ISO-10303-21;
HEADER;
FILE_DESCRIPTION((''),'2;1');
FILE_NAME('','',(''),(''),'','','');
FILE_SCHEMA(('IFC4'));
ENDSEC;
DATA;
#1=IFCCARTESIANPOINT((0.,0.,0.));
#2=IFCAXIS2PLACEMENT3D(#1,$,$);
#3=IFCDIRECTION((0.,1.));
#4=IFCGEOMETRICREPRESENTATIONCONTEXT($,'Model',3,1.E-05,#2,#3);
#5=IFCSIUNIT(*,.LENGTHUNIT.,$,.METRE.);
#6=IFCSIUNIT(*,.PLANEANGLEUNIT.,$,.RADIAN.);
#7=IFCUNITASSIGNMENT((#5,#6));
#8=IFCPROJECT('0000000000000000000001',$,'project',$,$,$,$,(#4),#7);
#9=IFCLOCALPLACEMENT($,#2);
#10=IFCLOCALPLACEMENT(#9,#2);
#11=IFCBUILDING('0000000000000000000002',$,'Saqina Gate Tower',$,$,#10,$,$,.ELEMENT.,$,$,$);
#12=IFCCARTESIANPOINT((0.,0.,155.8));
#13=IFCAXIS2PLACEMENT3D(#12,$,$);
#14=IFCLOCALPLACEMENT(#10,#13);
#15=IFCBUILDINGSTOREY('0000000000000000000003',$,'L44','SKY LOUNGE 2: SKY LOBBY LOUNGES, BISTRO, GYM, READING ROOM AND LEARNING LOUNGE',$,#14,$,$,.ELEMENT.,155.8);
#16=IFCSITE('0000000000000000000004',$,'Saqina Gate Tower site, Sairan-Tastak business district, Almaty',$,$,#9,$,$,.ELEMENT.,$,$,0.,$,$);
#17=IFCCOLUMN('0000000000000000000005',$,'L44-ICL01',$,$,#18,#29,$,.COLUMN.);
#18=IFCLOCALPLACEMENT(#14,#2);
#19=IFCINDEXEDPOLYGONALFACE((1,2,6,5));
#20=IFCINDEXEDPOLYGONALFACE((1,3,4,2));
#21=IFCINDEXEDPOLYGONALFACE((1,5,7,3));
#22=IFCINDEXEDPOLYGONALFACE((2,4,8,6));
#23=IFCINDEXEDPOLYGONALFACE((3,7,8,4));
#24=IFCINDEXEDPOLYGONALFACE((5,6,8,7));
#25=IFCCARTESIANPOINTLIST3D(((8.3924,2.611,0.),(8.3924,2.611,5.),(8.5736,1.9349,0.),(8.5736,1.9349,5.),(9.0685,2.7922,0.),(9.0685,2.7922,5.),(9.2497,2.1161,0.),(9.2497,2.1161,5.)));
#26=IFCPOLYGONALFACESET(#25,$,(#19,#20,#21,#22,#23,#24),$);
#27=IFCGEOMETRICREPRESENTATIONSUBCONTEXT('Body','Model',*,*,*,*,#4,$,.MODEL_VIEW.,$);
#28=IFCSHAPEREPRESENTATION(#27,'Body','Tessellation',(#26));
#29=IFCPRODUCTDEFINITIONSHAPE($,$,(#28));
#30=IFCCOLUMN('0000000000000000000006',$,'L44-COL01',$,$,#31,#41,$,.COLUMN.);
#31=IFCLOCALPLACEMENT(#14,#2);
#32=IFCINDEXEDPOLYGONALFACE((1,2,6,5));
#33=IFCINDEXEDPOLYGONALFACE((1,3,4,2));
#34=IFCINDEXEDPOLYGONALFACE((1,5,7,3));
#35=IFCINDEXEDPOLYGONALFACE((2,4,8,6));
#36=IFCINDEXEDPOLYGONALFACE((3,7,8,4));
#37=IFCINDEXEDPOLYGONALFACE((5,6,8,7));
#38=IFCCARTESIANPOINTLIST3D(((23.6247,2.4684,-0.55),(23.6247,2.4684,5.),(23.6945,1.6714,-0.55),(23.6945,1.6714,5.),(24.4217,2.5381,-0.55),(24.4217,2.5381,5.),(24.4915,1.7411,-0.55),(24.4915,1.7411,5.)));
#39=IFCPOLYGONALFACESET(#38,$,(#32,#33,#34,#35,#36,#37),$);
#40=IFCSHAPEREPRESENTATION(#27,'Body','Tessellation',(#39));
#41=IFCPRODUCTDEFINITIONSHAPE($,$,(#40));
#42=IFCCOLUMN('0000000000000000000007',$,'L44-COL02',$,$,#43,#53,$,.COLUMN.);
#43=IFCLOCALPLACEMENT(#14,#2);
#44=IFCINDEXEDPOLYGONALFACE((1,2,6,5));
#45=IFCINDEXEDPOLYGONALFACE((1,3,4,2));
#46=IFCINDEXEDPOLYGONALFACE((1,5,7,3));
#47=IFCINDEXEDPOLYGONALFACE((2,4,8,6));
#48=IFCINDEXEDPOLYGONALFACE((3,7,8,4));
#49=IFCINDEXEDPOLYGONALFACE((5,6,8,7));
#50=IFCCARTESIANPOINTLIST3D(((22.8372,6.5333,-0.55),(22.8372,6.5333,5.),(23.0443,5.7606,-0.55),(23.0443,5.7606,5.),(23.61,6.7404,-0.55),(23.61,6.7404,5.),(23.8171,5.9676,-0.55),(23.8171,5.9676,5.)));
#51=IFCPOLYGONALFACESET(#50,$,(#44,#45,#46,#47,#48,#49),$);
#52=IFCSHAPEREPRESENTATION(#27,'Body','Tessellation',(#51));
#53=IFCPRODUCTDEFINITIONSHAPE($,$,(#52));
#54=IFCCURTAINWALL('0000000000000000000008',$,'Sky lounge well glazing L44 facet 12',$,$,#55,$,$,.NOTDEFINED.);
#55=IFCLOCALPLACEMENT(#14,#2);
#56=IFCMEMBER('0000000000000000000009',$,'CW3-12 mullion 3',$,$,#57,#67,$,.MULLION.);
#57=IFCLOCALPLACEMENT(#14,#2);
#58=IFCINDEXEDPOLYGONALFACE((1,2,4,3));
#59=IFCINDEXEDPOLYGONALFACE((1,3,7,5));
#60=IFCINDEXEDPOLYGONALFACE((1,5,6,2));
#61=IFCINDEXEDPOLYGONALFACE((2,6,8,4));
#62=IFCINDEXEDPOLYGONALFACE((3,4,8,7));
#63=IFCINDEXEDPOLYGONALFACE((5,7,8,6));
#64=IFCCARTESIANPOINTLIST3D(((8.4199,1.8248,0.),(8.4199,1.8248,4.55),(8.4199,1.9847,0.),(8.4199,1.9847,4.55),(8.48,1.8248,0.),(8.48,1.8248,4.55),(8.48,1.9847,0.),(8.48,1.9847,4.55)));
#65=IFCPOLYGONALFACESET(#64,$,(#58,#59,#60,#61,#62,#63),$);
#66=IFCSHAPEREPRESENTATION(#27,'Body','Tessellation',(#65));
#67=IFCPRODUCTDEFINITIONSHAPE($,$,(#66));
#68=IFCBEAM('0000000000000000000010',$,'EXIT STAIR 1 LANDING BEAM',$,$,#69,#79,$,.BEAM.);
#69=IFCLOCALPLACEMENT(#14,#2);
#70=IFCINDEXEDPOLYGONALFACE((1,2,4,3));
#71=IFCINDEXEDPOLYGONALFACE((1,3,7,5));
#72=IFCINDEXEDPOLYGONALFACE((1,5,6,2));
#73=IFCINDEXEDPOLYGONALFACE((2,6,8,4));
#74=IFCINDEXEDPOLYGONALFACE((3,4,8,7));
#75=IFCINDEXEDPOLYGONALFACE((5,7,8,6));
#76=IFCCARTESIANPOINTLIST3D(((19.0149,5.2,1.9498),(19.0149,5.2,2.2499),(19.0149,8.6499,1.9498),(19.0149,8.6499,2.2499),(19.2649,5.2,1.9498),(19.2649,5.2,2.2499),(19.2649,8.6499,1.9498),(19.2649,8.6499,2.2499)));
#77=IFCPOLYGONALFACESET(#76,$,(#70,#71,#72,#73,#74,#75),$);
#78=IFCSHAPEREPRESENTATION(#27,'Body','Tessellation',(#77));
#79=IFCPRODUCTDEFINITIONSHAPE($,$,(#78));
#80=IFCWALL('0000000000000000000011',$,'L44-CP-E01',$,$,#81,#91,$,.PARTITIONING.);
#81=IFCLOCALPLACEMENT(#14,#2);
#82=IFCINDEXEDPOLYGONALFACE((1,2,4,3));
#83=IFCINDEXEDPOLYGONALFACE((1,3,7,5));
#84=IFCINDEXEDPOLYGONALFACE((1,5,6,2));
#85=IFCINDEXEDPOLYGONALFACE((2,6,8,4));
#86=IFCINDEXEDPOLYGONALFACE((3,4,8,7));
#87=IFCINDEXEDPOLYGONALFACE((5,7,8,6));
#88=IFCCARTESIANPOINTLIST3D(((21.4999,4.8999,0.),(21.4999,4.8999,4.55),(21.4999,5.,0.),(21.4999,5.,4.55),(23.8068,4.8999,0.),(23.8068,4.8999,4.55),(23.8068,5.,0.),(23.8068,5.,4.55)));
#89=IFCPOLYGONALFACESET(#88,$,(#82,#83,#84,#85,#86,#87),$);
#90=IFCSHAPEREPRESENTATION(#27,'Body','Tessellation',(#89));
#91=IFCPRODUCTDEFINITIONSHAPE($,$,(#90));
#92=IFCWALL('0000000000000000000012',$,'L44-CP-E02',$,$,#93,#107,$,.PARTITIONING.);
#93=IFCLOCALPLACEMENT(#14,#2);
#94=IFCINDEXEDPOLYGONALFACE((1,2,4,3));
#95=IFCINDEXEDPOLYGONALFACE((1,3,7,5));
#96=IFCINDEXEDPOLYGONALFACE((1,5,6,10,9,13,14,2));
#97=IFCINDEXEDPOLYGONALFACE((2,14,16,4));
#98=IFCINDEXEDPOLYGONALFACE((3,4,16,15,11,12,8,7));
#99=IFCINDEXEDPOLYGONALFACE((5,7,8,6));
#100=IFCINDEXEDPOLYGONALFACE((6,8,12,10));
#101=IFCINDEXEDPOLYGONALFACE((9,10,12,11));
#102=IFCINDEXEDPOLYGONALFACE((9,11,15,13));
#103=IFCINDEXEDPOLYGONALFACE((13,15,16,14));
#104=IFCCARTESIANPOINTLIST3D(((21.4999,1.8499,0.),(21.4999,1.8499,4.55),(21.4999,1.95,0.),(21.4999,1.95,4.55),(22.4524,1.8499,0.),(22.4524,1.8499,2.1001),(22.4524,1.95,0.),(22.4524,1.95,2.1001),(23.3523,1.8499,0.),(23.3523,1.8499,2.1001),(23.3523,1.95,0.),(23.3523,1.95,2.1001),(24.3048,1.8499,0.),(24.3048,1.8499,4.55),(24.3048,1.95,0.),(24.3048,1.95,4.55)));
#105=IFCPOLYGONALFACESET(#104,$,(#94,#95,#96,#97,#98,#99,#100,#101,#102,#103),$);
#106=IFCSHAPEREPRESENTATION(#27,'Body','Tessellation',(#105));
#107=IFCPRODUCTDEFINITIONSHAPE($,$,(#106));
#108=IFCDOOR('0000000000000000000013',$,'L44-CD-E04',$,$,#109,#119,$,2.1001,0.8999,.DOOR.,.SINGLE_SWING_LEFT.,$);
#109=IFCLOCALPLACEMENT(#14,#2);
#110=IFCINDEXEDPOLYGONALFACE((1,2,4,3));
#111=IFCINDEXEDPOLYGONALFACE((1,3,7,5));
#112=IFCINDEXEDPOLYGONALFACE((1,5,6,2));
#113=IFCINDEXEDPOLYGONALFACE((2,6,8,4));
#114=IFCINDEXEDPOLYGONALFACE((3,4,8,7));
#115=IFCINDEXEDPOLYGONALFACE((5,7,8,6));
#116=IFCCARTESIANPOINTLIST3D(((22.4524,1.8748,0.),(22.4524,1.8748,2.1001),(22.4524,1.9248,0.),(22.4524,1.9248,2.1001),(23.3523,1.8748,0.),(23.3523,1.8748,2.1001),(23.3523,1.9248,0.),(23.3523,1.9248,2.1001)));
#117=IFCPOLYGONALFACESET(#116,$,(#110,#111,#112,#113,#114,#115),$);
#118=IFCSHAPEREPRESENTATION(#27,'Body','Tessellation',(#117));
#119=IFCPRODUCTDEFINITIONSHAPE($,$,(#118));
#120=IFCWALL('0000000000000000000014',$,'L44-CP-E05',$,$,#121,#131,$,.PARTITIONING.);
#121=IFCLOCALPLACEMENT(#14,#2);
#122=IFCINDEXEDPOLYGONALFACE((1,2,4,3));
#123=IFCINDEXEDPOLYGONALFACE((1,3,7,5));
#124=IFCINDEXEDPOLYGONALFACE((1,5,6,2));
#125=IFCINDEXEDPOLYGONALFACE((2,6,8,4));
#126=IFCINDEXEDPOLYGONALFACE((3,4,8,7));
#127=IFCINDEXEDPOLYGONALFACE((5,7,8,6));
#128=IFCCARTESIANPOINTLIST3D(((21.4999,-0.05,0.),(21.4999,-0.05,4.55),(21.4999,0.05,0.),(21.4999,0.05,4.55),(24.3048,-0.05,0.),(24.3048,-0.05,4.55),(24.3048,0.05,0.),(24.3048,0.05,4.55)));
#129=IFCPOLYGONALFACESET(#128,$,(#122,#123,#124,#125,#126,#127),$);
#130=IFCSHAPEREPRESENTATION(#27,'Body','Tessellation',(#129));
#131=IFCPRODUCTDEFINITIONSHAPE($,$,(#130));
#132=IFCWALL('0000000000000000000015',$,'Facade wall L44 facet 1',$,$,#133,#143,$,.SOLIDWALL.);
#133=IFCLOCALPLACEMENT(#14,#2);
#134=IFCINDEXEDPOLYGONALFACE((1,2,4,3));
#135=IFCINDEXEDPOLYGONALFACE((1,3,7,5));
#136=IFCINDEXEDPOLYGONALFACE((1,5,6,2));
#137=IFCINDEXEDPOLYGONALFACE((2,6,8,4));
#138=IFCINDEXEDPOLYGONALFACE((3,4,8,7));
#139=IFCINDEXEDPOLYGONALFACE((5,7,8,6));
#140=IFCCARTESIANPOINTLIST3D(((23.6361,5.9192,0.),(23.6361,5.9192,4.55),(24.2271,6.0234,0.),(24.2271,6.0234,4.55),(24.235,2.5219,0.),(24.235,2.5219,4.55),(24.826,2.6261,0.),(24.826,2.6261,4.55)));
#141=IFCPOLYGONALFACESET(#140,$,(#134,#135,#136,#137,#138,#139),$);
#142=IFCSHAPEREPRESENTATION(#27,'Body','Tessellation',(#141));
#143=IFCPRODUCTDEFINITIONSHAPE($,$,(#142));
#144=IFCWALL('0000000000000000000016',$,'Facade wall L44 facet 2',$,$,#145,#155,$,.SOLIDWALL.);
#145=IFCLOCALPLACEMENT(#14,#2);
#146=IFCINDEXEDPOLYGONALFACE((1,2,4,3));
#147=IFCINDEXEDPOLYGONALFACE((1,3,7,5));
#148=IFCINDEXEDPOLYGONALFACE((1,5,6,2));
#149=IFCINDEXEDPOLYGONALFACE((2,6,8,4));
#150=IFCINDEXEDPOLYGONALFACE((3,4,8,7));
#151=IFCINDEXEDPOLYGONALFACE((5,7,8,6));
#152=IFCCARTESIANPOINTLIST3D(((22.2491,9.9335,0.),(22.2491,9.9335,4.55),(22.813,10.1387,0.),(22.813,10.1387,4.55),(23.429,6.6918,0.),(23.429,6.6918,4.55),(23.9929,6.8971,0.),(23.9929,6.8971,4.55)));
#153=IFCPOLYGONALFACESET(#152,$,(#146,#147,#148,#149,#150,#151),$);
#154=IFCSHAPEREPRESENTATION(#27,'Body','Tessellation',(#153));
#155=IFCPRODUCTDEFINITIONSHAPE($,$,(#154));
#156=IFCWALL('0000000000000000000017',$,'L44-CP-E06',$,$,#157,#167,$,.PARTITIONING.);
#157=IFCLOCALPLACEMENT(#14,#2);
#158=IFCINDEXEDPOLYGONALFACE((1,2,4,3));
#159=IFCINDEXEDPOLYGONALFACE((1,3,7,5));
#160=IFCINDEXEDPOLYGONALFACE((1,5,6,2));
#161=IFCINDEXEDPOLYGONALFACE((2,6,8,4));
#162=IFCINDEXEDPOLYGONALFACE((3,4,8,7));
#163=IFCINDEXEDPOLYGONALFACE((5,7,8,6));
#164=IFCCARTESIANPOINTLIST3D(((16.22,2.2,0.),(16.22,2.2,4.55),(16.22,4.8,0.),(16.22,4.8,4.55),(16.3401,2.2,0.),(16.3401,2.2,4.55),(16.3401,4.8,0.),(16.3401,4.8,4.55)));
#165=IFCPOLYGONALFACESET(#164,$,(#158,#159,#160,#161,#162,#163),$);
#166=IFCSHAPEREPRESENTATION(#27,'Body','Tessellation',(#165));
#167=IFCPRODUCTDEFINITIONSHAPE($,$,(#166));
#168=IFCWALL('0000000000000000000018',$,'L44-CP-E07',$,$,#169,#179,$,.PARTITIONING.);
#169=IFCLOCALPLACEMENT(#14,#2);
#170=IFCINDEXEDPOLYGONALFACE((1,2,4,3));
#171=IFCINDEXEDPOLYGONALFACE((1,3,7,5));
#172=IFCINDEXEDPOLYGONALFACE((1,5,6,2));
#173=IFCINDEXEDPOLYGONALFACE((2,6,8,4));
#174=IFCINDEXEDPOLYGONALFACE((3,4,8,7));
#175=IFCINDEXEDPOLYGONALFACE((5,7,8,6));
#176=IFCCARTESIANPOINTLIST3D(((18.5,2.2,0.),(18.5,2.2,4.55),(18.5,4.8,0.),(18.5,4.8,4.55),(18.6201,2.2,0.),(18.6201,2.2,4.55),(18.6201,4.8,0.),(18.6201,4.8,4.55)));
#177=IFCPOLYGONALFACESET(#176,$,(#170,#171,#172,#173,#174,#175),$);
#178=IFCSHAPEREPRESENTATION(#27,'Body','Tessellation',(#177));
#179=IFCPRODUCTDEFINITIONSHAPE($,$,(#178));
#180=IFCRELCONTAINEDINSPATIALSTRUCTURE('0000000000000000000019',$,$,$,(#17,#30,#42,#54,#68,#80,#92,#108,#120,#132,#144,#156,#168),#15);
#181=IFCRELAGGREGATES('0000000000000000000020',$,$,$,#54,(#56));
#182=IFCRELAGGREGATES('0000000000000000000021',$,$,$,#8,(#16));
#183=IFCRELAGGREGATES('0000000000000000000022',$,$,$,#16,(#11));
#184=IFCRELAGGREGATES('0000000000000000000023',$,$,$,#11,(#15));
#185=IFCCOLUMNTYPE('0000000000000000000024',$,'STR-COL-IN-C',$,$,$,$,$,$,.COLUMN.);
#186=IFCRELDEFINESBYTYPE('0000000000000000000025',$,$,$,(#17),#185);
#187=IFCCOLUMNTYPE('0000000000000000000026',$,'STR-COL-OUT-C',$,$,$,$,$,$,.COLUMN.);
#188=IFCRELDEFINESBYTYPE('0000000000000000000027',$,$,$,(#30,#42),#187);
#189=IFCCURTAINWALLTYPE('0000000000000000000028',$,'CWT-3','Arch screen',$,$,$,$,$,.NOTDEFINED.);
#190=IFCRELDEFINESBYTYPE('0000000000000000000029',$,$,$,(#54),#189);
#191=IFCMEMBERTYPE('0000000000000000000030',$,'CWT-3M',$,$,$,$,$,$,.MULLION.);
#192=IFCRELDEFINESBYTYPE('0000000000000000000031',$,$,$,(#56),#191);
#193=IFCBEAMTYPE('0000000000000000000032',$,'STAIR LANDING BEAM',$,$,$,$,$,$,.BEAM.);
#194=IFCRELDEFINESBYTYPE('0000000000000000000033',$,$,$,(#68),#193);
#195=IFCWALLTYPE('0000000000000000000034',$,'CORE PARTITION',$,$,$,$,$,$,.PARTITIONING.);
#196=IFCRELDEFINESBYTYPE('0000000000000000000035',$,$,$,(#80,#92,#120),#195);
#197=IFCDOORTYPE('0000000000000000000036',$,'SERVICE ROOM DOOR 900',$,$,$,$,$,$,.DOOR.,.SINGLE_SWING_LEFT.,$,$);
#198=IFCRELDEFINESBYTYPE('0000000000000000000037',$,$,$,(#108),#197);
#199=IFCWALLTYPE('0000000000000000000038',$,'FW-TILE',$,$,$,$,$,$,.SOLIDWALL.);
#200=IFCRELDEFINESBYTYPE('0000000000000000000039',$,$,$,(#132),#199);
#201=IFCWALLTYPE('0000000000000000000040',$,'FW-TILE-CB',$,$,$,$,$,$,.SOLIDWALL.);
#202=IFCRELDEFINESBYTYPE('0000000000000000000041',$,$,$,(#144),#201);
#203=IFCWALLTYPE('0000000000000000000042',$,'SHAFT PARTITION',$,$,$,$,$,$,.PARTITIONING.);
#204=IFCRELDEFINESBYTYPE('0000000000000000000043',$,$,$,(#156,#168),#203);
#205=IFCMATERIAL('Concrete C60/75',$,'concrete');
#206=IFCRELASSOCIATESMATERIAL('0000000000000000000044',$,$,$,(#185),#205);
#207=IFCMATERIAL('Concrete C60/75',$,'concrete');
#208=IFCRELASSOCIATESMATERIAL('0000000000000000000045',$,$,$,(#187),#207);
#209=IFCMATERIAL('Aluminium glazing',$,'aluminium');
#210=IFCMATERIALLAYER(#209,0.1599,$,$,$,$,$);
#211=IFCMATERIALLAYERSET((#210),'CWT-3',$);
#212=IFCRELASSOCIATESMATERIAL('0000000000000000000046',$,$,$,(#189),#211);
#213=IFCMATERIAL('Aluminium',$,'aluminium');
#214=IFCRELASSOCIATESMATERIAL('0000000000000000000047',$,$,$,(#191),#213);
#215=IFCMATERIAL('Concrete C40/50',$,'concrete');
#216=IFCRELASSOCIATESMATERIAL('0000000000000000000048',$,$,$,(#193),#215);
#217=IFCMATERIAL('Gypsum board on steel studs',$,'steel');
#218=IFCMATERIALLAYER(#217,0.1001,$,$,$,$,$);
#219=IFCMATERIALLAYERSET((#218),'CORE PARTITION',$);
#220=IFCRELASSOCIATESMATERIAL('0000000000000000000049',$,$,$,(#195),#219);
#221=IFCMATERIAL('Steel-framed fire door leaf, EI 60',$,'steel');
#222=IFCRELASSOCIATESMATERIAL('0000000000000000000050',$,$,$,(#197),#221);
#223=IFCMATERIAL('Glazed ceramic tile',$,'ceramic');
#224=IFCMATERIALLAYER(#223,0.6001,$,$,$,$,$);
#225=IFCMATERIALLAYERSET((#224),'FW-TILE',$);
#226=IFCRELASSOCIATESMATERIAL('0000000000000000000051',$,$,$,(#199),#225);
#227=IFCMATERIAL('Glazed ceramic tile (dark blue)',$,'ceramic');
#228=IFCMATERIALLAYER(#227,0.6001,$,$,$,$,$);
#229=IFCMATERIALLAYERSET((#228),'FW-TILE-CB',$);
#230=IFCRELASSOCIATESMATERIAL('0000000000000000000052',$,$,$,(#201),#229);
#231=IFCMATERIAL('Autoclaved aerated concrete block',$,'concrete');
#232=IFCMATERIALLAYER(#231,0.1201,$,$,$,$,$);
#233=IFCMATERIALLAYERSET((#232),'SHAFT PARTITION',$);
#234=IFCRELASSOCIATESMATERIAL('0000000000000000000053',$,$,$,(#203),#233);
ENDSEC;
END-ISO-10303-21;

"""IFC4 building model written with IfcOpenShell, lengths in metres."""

from ifc_helpers import new_model, si_unit, direction, frame, frame_2d, origin, origin_2d, place, context, subcontext, project, spatial, rectangle, extrude, material, layer, layer_set, material_profile, profile_set, type_object, element, fill, aggregate, save


model = new_model("IFC4")

# Units and contexts
model_context = context("Model", 3, precision=1e-05, world=origin(), true_north=direction((0.0, 1.0)))
body_context = subcontext(model_context, "Body", "Model", "MODEL_VIEW")
ifc_project = project(units=[si_unit("LENGTHUNIT", "METRE"), si_unit("PLANEANGLEUNIT", "RADIAN")], contexts=[model_context])

# Site, building, storey
site_placement = place(None, origin())
site = spatial("IfcSite", under=ifc_project, at=site_placement, Name="Saqina Gate Tower site, Sairan-Tastak business district, Almaty", CompositionType="ELEMENT", RefElevation=0.0)
building_placement = place(site_placement, origin())
building = spatial("IfcBuilding", under=site, at=building_placement, Name="Saqina Gate Tower", CompositionType="ELEMENT")
storey_placement = place(building_placement, frame((0.0, 0.0, 155.8)))
storey = spatial("IfcBuildingStorey", under=building, at=storey_placement, Name="L44", Description="SKY LOUNGE 2: SKY LOBBY LOUNGES, BISTRO, GYM, READING ROOM AND LEARNING LOUNGE", CompositionType="ELEMENT", Elevation=155.8)

# Columns
ifc_material_1 = material(Name="Concrete C60/75", Category="concrete")
ifc_material_profile_1 = material_profile(ifc_material_1, rectangle(XDim=0.7, YDim=0.7, at=origin_2d()), Name="RC 700x700")
ifc_profile_set_1 = profile_set([ifc_material_profile_1], Name="Concrete C60/75")
column_type_1 = type_object("IfcColumnType", Name="STR-COL-IN-C", PredefinedType="COLUMN", material=ifc_profile_set_1)
column_placement = place(storey_placement, frame((8.821, 2.3635, 0.0), z_axis=(0.0, 0.0, 1.0), x_axis=(0.965926, 0.258819, 0.0)))
element("IfcColumn", 1, at=column_placement, inside=storey, type_object=column_type_1, Name="L44-ICL01", PredefinedType="COLUMN", context=body_context, shape_type="SweptSolid", body=[
    extrude(rectangle(XDim=0.7, YDim=0.7, at=origin_2d()), origin(), (0.0, 0.0, 1.0), 5.0),
])
ifc_material_2 = material(Name="Concrete C60/75", Category="concrete")
ifc_material_profile_2 = material_profile(ifc_material_2, rectangle(XDim=0.8, YDim=0.8, at=origin_2d()), Name="RC 800x800")
ifc_profile_set_2 = profile_set([ifc_material_profile_2], Name="Concrete C60/75")
column_type_2 = type_object("IfcColumnType", Name="STR-COL-OUT-C", PredefinedType="COLUMN", material=ifc_profile_set_2)
for number, where, z_axis, x_axis, name in (
    (2, (24.0581, 2.1047, -0.55), (0.0, 0.0, 1.0), (0.996195, 0.087156, 0.0), "L44-COL01"),
    (3, (23.3271, 6.2505, -0.55), (0.0, 0.0, 1.0), (0.965926, 0.258819, 0.0), "L44-COL02"),
):
    element("IfcColumn", number, at=place(storey_placement, frame(where, z_axis=z_axis, x_axis=x_axis)), inside=storey, type_object=column_type_2, Name=name, PredefinedType="COLUMN", context=body_context, shape_type="SweptSolid", body=[
        extrude(rectangle(XDim=0.8, YDim=0.8, at=origin_2d()), origin(), (0.0, 0.0, 1.0), 5.55),
    ])

# Curtain wall, member
ifc_material_3 = material(Name="Aluminium glazing", Category="aluminium")
ifc_layer_1 = layer(ifc_material_3, 0.1599)
ifc_layer_set_1 = layer_set([ifc_layer_1], Name="CWT-3")
curtain_wall_type = type_object("IfcCurtainWallType", Name="CWT-3", Description="Arch screen", PredefinedType="NOTDEFINED", material=ifc_layer_set_1)
curtain_wall_placement = place(storey_placement, origin())
curtain_wall = element("IfcCurtainWall", 4, at=curtain_wall_placement, inside=storey, type_object=curtain_wall_type, Name="Sky lounge well glazing L44 facet 12", PredefinedType="NOTDEFINED")
ifc_material_4 = material(Name="Aluminium", Category="aluminium")
ifc_material_profile_3 = material_profile(ifc_material_4, rectangle(XDim=0.0601, YDim=0.1599, at=origin_2d()), Name="Aluminium 60x160")
ifc_profile_set_3 = profile_set([ifc_material_profile_3], Name="Aluminium")
member_type = type_object("IfcMemberType", Name="CWT-3M", PredefinedType="MULLION", material=ifc_profile_set_3)
member_placement = place(storey_placement, frame((8.45, 1.9048, 0.0), z_axis=(0.0, 0.0, 1.0), x_axis=(-1.0, 0.0, 0.0)))
member = element("IfcMember", 5, at=member_placement, type_object=member_type, Name="CW3-12 mullion 3", PredefinedType="MULLION", context=body_context, shape_type="SweptSolid", body=[
    extrude(rectangle(XDim=0.0601, YDim=0.1599, at=origin_2d()), origin(), (0.0, 0.0, 1.0), 4.55),
])
aggregate(curtain_wall, [member])

# Beam
ifc_material_5 = material(Name="Concrete C40/50", Category="concrete")
ifc_material_profile_4 = material_profile(ifc_material_5, rectangle(XDim=0.25, YDim=0.3, at=origin_2d()), Name="STAIR LANDING BEAM")
ifc_profile_set_4 = profile_set([ifc_material_profile_4], Name="Concrete C40/50")
beam_type = type_object("IfcBeamType", Name="STAIR LANDING BEAM", PredefinedType="BEAM", material=ifc_profile_set_4)
beam_placement = place(storey_placement, frame((19.1399, 5.2, 2.0999), z_axis=(0.0, 1.0, 0.0), x_axis=(-1.0, 0.0, 0.0)))
element("IfcBeam", 6, at=beam_placement, inside=storey, type_object=beam_type, Name="EXIT STAIR 1 LANDING BEAM", PredefinedType="BEAM", context=body_context, shape_type="SweptSolid", body=[
    extrude(rectangle(XDim=0.25, YDim=0.3, at=origin_2d()), origin(), (0.0, 0.0, 1.0), 3.45),
])

# Wall
ifc_material_6 = material(Name="Gypsum board on steel studs", Category="steel")
ifc_layer_2 = layer(ifc_material_6, 0.1001)
ifc_layer_set_2 = layer_set([ifc_layer_2], Name="CORE PARTITION")
wall_type_1 = type_object("IfcWallType", Name="CORE PARTITION", PredefinedType="PARTITIONING", material=ifc_layer_set_2)
wall_1_placement = place(storey_placement, frame((21.5, 4.95, 0.0), z_axis=(0.0, 0.0, 1.0), x_axis=(1.0, 0.0, 0.0)))
element("IfcWall", 7, at=wall_1_placement, inside=storey, type_object=wall_type_1, Name="L44-CP-E01", PredefinedType="PARTITIONING", context=body_context, shape_type="SweptSolid", body=[
    extrude(rectangle(XDim=2.3069, YDim=0.1001, at=frame_2d((1.1533, 0.0))), origin(), (0.0, 0.0, 1.0), 4.55),
])

# Wall, opening, door
wall_2_placement = place(storey_placement, frame((21.5, 1.8999, 0.0), z_axis=(0.0, 0.0, 1.0), x_axis=(1.0, 0.0, 0.0)))
wall_2 = element("IfcWall", 8, at=wall_2_placement, inside=storey, type_object=wall_type_1, Name="L44-CP-E02", PredefinedType="PARTITIONING", context=body_context, shape_type="SweptSolid", body=[
    extrude(rectangle(XDim=2.8049, YDim=0.1001, at=frame_2d((1.4023, 0.0))), origin(), (0.0, 0.0, 1.0), 4.55),
])
opening_1_placement = place(wall_2_placement, frame((0.9524, 0.0, 0.0)))
opening_1 = element("IfcOpeningElement", 9, at=opening_1_placement, cuts=wall_2, PredefinedType="OPENING", context=body_context, shape_type="SweptSolid", body=[
    extrude(rectangle(XDim=0.8999, YDim=2.1001, at=frame_2d((0.45, 1.05))), frame((0.0, 0.062, 0.0), z_axis=(0.0, -1.0, 0.0), x_axis=(1.0, 0.0, 0.0)), (0.0, 0.0, 1.0), 0.124),
])
ifc_material_7 = material(Name="Steel-framed fire door leaf, EI 60", Category="steel")
door_type_1 = type_object("IfcDoorType", Name="SERVICE ROOM DOOR 900", OperationType="SINGLE_SWING_LEFT", PredefinedType="DOOR", material=ifc_material_7)
door_1_placement = place(opening_1_placement, origin())
door_1 = element("IfcDoor", 10, at=door_1_placement, inside=storey, type_object=door_type_1, Name="L44-CD-E04", OperationType="SINGLE_SWING_LEFT", OverallHeight=2.1001, OverallWidth=0.8999, PredefinedType="DOOR", context=body_context, shape_type="SweptSolid", body=[
    extrude(rectangle(XDim=0.8999, YDim=2.1001, at=frame_2d((0.45, 1.05))), frame((0.0, 0.0249, 0.0), z_axis=(0.0, -1.0, 0.0), x_axis=(1.0, 0.0, 0.0)), (0.0, 0.0, 1.0), 0.05),
])
fill(opening_1, door_1)

# Walls
wall_3_placement = place(storey_placement, frame((21.5, 0.0, 0.0), z_axis=(0.0, 0.0, 1.0), x_axis=(1.0, 0.0, 0.0)))
element("IfcWall", 11, at=wall_3_placement, inside=storey, type_object=wall_type_1, Name="L44-CP-E05", PredefinedType="PARTITIONING", context=body_context, shape_type="SweptSolid", body=[
    extrude(rectangle(XDim=2.8049, YDim=0.1001, at=frame_2d((1.4023, 0.0))), origin(), (0.0, 0.0, 1.0), 4.55),
])
ifc_material_8 = material(Name="Glazed ceramic tile", Category="ceramic")
ifc_layer_3 = layer(ifc_material_8, 0.6001)
ifc_layer_set_3 = layer_set([ifc_layer_3], Name="FW-TILE")
wall_type_2 = type_object("IfcWallType", Name="FW-TILE", PredefinedType="SOLIDWALL", material=ifc_layer_set_3)
wall_4_placement = place(storey_placement, frame((24.5305, 2.574, 0.0), z_axis=(0.0, 0.0, 1.0), x_axis=(-0.173608, 0.984815, 0.0)))
element("IfcWall", 12, at=wall_4_placement, inside=storey, type_object=wall_type_2, Name="Facade wall L44 facet 1", PredefinedType="SOLIDWALL", context=body_context, shape_type="SweptSolid", body=[
    extrude(rectangle(XDim=3.4497, YDim=0.6001, at=frame_2d((1.7249, 0.0))), origin(), (0.0, 0.0, 1.0), 4.55),
])
ifc_material_9 = material(Name="Glazed ceramic tile (dark blue)", Category="ceramic")
ifc_layer_4 = layer(ifc_material_9, 0.6001)
ifc_layer_set_4 = layer_set([ifc_layer_4], Name="FW-TILE-CB")
wall_type_3 = type_object("IfcWallType", Name="FW-TILE-CB", PredefinedType="SOLIDWALL", material=ifc_layer_set_4)
wall_5_placement = place(storey_placement, frame((23.7109, 6.7944, 0.0), z_axis=(0.0, 0.0, 1.0), x_axis=(-0.342033, 0.939688, 0.0)))
element("IfcWall", 13, at=wall_5_placement, inside=storey, type_object=wall_type_3, Name="Facade wall L44 facet 2", PredefinedType="SOLIDWALL", context=body_context, shape_type="SweptSolid", body=[
    extrude(rectangle(XDim=3.4497, YDim=0.6001, at=frame_2d((1.7249, 0.0))), origin(), (0.0, 0.0, 1.0), 4.55),
])
ifc_material_10 = material(Name="Autoclaved aerated concrete block", Category="concrete")
ifc_layer_5 = layer(ifc_material_10, 0.1201)
ifc_layer_set_5 = layer_set([ifc_layer_5], Name="SHAFT PARTITION")
wall_type_4 = type_object("IfcWallType", Name="SHAFT PARTITION", PredefinedType="PARTITIONING", material=ifc_layer_set_5)
for number, where, z_axis, x_axis, name in (
    (14, (16.28, 2.2, 0.0), (0.0, 0.0, 1.0), (0.0, 1.0, 0.0), "L44-CP-E06"),
    (15, (18.5601, 2.2, 0.0), (0.0, 0.0, 1.0), (0.0, 1.0, 0.0), "L44-CP-E07"),
):
    element("IfcWall", number, at=place(storey_placement, frame(where, z_axis=z_axis, x_axis=x_axis)), inside=storey, type_object=wall_type_4, Name=name, PredefinedType="PARTITIONING", context=body_context, shape_type="SweptSolid", body=[
        extrude(rectangle(XDim=2.6001, YDim=0.1201, at=frame_2d((1.3, 0.0))), origin(), (0.0, 0.0, 1.0), 4.55),
    ])

save(model, "model.ifc")
